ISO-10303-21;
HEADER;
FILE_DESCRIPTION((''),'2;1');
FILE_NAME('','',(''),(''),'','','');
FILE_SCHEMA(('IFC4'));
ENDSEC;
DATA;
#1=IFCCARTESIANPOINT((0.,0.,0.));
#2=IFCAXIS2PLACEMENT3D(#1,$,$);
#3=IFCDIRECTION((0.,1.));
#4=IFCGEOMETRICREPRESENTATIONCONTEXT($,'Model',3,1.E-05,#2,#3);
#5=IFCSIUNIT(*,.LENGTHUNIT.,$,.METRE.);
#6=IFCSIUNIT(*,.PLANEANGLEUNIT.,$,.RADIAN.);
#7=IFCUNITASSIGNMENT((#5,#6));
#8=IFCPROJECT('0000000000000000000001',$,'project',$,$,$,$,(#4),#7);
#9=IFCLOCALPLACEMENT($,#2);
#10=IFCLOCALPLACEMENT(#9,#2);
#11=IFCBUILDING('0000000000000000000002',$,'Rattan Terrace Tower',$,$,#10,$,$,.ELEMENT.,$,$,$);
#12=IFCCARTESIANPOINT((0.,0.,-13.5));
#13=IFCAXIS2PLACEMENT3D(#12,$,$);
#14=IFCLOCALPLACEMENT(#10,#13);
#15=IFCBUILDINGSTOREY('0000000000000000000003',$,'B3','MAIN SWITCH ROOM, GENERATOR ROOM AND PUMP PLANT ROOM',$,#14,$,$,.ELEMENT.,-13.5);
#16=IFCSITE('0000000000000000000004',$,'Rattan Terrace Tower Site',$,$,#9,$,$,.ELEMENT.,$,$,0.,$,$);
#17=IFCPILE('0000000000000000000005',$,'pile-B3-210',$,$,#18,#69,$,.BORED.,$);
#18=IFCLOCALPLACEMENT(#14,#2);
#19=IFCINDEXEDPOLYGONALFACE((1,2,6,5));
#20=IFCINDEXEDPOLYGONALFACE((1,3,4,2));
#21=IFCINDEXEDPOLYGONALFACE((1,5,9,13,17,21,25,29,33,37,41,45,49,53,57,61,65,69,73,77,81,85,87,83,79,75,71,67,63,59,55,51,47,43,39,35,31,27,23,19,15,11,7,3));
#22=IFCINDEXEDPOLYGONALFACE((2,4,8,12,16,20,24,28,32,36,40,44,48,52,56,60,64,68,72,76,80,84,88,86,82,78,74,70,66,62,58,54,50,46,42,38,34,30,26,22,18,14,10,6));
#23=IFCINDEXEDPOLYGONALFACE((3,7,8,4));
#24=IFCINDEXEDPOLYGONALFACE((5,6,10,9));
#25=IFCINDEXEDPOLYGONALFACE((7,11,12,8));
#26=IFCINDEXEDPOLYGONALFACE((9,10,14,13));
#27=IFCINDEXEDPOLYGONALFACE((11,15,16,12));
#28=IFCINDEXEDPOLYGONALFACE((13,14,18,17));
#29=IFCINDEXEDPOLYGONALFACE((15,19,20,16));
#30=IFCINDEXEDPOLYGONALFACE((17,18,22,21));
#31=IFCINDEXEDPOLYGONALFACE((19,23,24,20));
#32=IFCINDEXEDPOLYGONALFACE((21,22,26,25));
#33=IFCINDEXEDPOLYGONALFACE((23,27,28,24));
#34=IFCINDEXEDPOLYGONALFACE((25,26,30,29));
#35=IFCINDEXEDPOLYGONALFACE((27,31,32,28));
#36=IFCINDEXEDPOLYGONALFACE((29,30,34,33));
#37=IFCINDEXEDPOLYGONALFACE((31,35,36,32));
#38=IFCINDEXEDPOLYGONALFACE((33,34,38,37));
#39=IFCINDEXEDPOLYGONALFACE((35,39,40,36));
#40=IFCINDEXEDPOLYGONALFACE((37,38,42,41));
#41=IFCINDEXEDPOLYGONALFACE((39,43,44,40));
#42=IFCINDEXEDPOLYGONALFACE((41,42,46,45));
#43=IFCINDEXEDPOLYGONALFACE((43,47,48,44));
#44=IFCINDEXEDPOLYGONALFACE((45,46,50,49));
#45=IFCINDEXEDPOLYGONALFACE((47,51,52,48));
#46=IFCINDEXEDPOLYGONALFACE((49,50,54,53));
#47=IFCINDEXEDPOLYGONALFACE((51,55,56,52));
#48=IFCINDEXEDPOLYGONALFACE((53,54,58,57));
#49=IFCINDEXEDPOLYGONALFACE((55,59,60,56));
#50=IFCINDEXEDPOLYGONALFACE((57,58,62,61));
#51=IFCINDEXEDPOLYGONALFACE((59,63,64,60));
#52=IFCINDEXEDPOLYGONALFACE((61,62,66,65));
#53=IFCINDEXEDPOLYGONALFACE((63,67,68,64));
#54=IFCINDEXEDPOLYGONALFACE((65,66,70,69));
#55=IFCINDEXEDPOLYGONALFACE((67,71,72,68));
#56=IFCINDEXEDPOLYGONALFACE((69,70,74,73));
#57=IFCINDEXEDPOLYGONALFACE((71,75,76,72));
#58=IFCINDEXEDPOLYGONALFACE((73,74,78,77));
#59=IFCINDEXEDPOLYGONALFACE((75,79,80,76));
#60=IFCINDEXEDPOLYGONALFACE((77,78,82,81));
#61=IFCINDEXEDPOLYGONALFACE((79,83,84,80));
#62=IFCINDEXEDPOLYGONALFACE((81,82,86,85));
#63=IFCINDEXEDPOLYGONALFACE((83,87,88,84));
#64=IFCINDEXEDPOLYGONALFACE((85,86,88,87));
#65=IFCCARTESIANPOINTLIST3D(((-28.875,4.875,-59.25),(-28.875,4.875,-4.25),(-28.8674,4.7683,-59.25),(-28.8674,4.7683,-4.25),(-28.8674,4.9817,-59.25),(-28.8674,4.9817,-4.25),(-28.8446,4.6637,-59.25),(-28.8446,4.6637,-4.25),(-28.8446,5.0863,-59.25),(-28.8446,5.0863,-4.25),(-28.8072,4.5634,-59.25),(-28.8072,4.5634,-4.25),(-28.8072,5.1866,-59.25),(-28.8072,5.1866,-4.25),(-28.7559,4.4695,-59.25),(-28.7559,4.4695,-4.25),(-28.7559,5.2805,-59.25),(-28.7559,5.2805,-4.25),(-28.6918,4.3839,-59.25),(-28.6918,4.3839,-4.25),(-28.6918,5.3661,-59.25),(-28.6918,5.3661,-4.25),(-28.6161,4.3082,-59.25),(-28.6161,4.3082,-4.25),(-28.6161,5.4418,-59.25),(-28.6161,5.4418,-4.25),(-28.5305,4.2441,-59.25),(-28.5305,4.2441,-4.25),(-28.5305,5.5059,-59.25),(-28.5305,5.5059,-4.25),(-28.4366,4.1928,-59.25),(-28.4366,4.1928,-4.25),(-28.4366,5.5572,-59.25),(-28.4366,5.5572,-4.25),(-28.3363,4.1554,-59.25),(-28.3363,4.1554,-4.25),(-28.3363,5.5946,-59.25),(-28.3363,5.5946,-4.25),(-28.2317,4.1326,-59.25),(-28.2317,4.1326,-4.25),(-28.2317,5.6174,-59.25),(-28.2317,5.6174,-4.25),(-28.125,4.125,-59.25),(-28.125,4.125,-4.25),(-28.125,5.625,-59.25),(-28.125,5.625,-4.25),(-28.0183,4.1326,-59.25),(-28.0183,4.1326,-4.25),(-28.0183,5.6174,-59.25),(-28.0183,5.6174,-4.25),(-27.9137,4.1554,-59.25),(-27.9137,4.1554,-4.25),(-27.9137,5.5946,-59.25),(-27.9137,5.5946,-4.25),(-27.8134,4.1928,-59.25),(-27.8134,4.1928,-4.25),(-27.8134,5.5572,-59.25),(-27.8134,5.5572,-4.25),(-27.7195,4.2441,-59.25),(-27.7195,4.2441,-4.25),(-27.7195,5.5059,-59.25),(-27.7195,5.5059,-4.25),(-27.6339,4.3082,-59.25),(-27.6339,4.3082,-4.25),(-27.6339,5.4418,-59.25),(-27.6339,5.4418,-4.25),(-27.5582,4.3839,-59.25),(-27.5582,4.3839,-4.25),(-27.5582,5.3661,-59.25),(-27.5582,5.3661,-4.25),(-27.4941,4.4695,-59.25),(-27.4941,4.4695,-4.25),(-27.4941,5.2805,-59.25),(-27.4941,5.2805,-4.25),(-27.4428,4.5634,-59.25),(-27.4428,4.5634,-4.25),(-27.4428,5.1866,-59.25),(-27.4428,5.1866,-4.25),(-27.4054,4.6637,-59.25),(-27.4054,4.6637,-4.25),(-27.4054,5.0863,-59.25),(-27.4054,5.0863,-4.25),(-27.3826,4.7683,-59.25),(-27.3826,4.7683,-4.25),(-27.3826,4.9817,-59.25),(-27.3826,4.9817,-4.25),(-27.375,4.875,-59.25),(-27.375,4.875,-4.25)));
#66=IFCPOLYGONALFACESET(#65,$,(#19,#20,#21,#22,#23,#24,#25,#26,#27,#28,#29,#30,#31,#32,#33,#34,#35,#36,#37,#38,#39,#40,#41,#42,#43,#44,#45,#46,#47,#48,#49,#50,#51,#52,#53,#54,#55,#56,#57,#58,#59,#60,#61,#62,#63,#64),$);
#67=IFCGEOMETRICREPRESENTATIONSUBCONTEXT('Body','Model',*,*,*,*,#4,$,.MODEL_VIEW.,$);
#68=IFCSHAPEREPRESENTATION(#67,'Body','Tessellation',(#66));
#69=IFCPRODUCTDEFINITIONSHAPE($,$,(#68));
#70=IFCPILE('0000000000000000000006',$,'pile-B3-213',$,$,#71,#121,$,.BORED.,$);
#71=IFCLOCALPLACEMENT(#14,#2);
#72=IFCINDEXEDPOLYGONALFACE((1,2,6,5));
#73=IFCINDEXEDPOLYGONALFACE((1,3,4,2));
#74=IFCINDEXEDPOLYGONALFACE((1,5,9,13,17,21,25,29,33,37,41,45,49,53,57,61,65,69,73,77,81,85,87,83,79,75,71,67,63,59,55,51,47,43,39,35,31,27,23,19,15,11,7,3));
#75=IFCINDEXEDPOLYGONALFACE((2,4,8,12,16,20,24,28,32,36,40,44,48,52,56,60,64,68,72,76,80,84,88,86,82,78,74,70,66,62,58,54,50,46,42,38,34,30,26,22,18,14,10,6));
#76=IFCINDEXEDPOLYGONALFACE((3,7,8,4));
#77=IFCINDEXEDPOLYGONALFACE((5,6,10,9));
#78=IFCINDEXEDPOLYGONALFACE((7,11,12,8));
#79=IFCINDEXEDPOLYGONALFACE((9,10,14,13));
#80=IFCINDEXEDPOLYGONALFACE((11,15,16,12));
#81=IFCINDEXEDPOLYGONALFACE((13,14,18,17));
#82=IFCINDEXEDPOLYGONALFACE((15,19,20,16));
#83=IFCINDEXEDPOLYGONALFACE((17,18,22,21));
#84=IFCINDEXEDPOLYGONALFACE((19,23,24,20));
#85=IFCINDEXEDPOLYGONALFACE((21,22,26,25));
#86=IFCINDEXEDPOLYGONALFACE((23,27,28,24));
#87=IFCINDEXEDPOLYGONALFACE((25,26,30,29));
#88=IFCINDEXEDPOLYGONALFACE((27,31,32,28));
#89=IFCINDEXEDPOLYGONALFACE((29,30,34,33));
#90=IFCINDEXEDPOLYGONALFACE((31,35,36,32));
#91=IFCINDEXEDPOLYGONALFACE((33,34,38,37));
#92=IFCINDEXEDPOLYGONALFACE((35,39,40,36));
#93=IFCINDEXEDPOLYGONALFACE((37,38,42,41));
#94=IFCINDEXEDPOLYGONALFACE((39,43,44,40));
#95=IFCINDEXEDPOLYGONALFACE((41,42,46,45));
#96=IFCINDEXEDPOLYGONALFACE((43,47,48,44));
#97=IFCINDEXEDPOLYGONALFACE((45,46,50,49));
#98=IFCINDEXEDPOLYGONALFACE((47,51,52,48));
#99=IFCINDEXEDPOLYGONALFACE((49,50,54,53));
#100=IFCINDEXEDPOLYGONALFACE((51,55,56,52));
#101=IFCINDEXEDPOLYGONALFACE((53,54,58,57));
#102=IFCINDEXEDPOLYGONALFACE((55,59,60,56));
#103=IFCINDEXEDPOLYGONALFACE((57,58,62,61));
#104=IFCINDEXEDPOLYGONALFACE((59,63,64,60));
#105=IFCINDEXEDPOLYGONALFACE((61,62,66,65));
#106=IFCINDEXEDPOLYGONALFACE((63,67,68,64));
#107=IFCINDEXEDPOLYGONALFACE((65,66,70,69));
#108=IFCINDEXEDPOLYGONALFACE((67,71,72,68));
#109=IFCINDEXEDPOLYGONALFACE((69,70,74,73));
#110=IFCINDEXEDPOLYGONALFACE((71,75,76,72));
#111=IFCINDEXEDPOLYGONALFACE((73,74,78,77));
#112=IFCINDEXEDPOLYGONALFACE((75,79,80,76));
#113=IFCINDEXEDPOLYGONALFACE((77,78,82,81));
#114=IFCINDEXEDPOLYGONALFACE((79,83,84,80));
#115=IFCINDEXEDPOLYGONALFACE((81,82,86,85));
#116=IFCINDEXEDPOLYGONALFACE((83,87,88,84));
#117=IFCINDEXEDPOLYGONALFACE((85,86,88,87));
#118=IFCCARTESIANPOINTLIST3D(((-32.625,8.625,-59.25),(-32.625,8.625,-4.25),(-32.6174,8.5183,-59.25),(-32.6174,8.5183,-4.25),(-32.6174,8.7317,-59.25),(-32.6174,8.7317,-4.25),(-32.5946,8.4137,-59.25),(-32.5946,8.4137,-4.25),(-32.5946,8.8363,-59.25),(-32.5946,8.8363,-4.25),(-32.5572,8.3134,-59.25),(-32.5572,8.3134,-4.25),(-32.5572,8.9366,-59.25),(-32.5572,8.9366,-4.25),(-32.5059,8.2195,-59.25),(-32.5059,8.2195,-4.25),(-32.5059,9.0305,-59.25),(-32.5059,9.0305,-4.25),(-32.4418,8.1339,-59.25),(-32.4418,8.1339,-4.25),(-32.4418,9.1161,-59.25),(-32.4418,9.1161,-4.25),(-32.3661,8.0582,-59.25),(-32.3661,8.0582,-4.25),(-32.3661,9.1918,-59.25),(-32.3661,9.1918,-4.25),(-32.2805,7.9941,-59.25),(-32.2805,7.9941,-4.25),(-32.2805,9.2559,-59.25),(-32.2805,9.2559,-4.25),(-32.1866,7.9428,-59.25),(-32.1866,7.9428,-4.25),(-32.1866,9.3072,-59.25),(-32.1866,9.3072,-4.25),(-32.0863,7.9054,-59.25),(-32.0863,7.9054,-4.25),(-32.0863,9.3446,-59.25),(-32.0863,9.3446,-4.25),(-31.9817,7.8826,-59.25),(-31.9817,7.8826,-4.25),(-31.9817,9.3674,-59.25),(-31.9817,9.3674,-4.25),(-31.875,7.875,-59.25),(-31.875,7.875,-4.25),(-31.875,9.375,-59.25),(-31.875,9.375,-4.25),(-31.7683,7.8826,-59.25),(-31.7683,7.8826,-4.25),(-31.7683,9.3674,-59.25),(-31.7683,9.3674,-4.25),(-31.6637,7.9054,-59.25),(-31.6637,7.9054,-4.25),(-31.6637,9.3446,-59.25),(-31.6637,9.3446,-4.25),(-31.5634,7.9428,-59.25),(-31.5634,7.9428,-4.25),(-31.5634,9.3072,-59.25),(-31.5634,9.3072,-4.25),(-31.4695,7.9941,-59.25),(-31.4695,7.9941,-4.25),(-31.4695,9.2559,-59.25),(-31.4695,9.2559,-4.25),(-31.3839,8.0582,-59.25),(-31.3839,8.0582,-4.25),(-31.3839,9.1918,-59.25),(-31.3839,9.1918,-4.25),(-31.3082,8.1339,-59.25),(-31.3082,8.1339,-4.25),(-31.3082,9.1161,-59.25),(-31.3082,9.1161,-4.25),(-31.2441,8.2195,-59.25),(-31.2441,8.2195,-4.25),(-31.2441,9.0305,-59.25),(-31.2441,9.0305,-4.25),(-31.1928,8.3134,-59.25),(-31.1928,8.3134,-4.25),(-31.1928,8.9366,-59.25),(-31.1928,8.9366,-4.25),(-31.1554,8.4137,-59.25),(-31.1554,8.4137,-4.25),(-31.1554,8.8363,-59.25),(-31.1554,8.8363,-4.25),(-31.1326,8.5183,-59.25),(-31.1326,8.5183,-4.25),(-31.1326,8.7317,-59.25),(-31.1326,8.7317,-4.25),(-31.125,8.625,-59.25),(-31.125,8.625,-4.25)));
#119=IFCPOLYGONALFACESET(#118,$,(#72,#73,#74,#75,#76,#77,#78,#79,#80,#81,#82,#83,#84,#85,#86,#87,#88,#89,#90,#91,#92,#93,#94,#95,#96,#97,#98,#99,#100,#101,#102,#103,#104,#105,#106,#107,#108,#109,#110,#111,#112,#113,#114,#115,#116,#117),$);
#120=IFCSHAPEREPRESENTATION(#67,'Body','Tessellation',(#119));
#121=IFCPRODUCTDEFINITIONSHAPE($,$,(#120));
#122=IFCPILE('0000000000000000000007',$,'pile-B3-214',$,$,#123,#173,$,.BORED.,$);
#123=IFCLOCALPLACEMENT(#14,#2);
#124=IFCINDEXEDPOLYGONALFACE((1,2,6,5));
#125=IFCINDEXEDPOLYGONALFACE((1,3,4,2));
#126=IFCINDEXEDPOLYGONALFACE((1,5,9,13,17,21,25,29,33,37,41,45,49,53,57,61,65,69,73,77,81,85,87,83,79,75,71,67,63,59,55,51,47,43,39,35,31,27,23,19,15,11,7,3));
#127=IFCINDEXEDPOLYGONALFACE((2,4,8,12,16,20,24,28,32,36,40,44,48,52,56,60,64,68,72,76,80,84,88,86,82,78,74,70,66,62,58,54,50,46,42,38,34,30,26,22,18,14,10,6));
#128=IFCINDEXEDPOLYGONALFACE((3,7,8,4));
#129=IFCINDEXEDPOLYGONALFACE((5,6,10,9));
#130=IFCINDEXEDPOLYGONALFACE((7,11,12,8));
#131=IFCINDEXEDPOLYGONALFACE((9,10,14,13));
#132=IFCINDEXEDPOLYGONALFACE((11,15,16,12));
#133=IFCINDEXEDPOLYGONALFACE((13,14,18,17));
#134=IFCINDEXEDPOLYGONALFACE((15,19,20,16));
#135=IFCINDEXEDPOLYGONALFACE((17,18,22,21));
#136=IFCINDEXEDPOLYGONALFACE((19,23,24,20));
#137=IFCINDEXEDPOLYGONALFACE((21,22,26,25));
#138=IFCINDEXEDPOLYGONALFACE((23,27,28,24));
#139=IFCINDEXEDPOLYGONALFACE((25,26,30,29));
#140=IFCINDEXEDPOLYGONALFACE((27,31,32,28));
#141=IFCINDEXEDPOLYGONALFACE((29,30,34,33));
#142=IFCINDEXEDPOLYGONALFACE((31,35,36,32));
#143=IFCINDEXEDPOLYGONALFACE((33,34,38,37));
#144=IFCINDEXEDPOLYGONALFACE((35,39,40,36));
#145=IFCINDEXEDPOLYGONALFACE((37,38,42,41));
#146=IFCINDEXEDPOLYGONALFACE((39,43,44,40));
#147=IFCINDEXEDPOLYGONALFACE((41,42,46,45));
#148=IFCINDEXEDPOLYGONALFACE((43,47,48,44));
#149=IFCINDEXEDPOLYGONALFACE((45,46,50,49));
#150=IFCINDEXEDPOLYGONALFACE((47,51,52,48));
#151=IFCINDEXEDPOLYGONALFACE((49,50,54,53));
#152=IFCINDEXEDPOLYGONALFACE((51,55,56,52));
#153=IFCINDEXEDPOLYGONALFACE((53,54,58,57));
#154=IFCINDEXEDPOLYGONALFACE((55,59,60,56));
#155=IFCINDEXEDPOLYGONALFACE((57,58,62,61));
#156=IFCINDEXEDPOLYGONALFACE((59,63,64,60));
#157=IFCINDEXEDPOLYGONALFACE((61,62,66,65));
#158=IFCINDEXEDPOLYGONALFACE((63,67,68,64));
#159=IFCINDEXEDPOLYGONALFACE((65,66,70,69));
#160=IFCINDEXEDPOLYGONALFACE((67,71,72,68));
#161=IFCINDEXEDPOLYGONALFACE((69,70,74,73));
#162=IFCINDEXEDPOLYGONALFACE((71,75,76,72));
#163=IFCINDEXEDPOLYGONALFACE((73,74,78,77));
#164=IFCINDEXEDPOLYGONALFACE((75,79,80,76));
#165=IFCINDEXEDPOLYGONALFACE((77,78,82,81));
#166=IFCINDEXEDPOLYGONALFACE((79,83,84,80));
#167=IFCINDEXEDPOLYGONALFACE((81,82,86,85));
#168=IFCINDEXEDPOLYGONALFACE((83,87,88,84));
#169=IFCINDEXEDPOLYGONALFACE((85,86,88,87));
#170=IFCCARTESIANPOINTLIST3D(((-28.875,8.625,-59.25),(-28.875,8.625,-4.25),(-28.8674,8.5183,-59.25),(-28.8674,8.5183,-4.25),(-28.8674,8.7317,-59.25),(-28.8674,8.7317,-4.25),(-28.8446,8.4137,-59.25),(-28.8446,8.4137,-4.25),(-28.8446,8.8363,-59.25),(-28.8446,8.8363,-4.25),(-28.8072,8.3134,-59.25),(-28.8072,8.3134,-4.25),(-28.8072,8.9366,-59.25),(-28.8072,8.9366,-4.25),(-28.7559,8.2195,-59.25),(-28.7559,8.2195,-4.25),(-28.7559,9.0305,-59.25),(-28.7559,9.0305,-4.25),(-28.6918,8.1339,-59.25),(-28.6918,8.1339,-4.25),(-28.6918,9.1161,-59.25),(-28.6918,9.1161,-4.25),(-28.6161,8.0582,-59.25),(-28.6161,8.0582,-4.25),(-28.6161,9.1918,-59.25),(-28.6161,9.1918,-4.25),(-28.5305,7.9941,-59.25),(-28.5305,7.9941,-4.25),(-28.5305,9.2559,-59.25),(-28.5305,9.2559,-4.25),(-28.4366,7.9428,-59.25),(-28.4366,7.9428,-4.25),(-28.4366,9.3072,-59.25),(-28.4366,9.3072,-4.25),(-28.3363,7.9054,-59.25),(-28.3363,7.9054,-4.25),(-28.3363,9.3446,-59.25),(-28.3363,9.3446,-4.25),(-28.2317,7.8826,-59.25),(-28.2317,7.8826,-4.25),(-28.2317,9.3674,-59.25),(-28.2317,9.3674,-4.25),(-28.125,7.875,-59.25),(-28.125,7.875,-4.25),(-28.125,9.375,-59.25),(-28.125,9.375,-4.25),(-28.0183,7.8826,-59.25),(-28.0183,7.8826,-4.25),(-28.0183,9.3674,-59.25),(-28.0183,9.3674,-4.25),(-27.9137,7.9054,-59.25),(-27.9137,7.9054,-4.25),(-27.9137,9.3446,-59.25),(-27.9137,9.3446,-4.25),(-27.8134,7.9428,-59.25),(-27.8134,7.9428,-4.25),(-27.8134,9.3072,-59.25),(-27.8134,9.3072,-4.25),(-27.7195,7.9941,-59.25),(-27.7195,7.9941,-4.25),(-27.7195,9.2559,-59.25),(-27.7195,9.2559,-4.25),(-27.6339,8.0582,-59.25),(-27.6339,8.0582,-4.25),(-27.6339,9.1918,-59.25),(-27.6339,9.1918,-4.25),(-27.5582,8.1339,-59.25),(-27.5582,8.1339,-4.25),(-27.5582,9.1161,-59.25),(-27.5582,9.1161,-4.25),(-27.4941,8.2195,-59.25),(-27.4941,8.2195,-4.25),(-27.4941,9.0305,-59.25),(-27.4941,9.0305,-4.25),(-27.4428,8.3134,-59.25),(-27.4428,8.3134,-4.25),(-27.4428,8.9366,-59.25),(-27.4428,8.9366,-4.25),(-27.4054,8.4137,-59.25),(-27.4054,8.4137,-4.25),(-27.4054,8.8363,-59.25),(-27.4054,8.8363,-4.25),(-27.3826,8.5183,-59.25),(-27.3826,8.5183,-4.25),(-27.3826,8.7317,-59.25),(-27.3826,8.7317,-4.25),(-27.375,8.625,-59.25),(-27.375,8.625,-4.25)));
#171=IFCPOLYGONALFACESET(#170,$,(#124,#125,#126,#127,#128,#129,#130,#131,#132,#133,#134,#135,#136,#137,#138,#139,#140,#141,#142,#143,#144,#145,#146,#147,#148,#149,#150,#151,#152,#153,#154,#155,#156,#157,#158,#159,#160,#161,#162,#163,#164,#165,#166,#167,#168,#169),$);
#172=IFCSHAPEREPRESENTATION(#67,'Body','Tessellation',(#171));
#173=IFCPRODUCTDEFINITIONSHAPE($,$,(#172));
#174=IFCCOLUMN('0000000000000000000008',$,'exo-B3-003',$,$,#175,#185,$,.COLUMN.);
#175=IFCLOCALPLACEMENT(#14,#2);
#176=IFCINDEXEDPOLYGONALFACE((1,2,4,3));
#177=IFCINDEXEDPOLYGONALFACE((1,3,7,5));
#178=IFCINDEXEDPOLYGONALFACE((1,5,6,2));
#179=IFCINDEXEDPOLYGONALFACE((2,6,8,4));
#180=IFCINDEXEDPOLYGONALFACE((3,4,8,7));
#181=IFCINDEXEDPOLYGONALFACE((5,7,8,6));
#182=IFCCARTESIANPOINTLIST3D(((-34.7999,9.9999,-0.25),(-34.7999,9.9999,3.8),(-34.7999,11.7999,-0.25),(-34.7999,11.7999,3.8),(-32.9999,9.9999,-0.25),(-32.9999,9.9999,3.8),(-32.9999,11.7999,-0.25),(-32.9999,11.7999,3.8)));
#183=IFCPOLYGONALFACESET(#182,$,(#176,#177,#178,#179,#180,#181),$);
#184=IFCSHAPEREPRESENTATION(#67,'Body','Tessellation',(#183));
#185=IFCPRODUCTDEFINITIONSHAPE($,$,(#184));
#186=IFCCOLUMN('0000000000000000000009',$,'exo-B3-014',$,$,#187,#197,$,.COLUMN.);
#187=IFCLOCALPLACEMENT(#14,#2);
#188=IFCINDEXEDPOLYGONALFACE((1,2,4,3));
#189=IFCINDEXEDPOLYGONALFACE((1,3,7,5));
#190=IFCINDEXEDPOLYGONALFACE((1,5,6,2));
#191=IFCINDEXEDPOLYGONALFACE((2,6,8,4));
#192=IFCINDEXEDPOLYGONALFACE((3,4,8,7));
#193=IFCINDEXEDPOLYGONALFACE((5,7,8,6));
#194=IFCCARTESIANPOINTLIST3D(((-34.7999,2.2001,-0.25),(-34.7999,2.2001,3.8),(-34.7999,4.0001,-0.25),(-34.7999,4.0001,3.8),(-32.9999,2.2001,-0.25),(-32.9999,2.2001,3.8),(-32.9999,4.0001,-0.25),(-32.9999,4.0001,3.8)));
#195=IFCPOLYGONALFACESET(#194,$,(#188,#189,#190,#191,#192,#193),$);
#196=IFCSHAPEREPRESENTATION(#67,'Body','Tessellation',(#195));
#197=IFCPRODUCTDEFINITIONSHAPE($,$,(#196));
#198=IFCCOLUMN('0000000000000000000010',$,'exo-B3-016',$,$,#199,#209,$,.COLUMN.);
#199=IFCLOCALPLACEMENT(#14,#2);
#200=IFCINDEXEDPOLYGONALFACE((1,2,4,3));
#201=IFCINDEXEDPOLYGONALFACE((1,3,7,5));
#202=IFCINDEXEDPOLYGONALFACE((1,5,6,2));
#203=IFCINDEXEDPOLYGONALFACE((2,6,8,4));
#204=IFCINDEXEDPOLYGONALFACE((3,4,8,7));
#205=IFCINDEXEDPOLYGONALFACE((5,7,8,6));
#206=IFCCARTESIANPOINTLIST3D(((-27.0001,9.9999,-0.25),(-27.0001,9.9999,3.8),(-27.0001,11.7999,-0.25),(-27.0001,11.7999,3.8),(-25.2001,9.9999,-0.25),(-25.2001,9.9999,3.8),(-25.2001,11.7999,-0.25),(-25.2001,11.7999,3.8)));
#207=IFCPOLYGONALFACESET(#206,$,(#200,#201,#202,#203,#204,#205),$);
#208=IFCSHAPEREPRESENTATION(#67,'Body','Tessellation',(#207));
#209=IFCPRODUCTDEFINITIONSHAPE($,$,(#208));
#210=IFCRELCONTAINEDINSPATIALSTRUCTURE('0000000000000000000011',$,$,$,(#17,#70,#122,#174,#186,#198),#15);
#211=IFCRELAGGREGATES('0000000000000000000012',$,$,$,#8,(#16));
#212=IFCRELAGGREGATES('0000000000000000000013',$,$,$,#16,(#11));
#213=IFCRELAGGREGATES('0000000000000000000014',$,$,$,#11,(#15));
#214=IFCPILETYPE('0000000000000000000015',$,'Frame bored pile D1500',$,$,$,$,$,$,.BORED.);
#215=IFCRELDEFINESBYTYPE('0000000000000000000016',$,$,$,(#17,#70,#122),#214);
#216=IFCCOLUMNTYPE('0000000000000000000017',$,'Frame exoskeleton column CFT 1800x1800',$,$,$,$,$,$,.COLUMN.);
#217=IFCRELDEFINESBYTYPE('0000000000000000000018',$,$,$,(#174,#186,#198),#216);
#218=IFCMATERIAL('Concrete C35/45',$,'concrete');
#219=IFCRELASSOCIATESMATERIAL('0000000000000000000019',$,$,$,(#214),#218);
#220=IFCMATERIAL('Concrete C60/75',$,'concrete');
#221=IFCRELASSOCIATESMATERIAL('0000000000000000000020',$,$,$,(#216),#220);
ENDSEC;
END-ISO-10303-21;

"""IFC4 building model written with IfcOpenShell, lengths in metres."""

from ifc_helpers import new_model, si_unit, direction, frame, origin, origin_2d, place, context, subcontext, project, spatial, rectangle, circle, extrude, material, material_profile, profile_set, type_object, element, save


model = new_model("IFC4")

# Units and contexts
model_context = context("Model", 3, precision=1e-05, world=origin(), true_north=direction((0.0, 1.0)))
body_context = subcontext(model_context, "Body", "Model", "MODEL_VIEW")
ifc_project = project(units=[si_unit("LENGTHUNIT", "METRE"), si_unit("PLANEANGLEUNIT", "RADIAN")], contexts=[model_context])

# Site, building, storey
site_placement = place(None, origin())
site = spatial("IfcSite", under=ifc_project, at=site_placement, Name="Rattan Terrace Tower Site", CompositionType="ELEMENT", RefElevation=0.0)
building_placement = place(site_placement, origin())
building = spatial("IfcBuilding", under=site, at=building_placement, Name="Rattan Terrace Tower", CompositionType="ELEMENT")
storey_placement = place(building_placement, frame((0.0, 0.0, -13.5)))
storey = spatial("IfcBuildingStorey", under=building, at=storey_placement, Name="B3", Description="MAIN SWITCH ROOM, GENERATOR ROOM AND PUMP PLANT ROOM", CompositionType="ELEMENT", Elevation=-13.5)

# Piles
ifc_material_1 = material(Name="Concrete C35/45", Category="concrete")
ifc_material_profile_1 = material_profile(ifc_material_1, circle(Radius=0.75, at=origin_2d()), Name="PILE D1500")
ifc_profile_set_1 = profile_set([ifc_material_profile_1], Name="Concrete C35/45")
pile_type = type_object("IfcPileType", Name="Frame bored pile D1500", PredefinedType="BORED", material=ifc_profile_set_1)
for number, where, z_axis, x_axis, name in (
    (1, (-28.125, 4.875, -4.25), (0.0, 0.0, -1.0), (1.0, 0.0, 0.0), "pile-B3-210"),
    (2, (-31.875, 8.625, -4.25), (0.0, 0.0, -1.0), (1.0, 0.0, 0.0), "pile-B3-213"),
    (3, (-28.125, 8.625, -4.25), (0.0, 0.0, -1.0), (1.0, 0.0, 0.0), "pile-B3-214"),
):
    element("IfcPile", number, at=place(storey_placement, frame(where, z_axis=z_axis, x_axis=x_axis)), inside=storey, type_object=pile_type, Name=name, PredefinedType="BORED", context=body_context, shape_type="SweptSolid", body=[
        extrude(circle(Radius=0.75, at=origin_2d()), origin(), (0.0, 0.0, 1.0), 55.0),
    ])

# Columns
ifc_material_2 = material(Name="Concrete C60/75", Category="concrete")
ifc_material_profile_2 = material_profile(ifc_material_2, rectangle(XDim=1.8, YDim=1.8, at=origin_2d()), Name="CFT 1800x1800")
ifc_profile_set_2 = profile_set([ifc_material_profile_2], Name="Concrete C60/75")
column_type_1 = type_object("IfcColumnType", Name="Frame exoskeleton column CFT 1800x1800", PredefinedType="COLUMN", material=ifc_profile_set_2)
for number, where, z_axis, x_axis, name in (
    (4, (-33.8999, 10.8999, -0.25), (0.0, 0.0, 1.0), (1.0, 0.0, 0.0), "exo-B3-003"),
    (5, (-33.8999, 3.1001, -0.25), (0.0, 0.0, 1.0), (0.0, 1.0, 0.0), "exo-B3-014"),
    (6, (-26.1001, 10.8999, -0.25), (0.0, 0.0, 1.0), (1.0, 0.0, 0.0), "exo-B3-016"),
):
    element("IfcColumn", number, at=place(storey_placement, frame(where, z_axis=z_axis, x_axis=x_axis)), inside=storey, type_object=column_type_1, Name=name, PredefinedType="COLUMN", context=body_context, shape_type="SweptSolid", body=[
        extrude(rectangle(XDim=1.8, YDim=1.8, at=origin_2d()), origin(), (0.0, 0.0, 1.0), 4.05),
    ])

save(model, "model.ifc")
